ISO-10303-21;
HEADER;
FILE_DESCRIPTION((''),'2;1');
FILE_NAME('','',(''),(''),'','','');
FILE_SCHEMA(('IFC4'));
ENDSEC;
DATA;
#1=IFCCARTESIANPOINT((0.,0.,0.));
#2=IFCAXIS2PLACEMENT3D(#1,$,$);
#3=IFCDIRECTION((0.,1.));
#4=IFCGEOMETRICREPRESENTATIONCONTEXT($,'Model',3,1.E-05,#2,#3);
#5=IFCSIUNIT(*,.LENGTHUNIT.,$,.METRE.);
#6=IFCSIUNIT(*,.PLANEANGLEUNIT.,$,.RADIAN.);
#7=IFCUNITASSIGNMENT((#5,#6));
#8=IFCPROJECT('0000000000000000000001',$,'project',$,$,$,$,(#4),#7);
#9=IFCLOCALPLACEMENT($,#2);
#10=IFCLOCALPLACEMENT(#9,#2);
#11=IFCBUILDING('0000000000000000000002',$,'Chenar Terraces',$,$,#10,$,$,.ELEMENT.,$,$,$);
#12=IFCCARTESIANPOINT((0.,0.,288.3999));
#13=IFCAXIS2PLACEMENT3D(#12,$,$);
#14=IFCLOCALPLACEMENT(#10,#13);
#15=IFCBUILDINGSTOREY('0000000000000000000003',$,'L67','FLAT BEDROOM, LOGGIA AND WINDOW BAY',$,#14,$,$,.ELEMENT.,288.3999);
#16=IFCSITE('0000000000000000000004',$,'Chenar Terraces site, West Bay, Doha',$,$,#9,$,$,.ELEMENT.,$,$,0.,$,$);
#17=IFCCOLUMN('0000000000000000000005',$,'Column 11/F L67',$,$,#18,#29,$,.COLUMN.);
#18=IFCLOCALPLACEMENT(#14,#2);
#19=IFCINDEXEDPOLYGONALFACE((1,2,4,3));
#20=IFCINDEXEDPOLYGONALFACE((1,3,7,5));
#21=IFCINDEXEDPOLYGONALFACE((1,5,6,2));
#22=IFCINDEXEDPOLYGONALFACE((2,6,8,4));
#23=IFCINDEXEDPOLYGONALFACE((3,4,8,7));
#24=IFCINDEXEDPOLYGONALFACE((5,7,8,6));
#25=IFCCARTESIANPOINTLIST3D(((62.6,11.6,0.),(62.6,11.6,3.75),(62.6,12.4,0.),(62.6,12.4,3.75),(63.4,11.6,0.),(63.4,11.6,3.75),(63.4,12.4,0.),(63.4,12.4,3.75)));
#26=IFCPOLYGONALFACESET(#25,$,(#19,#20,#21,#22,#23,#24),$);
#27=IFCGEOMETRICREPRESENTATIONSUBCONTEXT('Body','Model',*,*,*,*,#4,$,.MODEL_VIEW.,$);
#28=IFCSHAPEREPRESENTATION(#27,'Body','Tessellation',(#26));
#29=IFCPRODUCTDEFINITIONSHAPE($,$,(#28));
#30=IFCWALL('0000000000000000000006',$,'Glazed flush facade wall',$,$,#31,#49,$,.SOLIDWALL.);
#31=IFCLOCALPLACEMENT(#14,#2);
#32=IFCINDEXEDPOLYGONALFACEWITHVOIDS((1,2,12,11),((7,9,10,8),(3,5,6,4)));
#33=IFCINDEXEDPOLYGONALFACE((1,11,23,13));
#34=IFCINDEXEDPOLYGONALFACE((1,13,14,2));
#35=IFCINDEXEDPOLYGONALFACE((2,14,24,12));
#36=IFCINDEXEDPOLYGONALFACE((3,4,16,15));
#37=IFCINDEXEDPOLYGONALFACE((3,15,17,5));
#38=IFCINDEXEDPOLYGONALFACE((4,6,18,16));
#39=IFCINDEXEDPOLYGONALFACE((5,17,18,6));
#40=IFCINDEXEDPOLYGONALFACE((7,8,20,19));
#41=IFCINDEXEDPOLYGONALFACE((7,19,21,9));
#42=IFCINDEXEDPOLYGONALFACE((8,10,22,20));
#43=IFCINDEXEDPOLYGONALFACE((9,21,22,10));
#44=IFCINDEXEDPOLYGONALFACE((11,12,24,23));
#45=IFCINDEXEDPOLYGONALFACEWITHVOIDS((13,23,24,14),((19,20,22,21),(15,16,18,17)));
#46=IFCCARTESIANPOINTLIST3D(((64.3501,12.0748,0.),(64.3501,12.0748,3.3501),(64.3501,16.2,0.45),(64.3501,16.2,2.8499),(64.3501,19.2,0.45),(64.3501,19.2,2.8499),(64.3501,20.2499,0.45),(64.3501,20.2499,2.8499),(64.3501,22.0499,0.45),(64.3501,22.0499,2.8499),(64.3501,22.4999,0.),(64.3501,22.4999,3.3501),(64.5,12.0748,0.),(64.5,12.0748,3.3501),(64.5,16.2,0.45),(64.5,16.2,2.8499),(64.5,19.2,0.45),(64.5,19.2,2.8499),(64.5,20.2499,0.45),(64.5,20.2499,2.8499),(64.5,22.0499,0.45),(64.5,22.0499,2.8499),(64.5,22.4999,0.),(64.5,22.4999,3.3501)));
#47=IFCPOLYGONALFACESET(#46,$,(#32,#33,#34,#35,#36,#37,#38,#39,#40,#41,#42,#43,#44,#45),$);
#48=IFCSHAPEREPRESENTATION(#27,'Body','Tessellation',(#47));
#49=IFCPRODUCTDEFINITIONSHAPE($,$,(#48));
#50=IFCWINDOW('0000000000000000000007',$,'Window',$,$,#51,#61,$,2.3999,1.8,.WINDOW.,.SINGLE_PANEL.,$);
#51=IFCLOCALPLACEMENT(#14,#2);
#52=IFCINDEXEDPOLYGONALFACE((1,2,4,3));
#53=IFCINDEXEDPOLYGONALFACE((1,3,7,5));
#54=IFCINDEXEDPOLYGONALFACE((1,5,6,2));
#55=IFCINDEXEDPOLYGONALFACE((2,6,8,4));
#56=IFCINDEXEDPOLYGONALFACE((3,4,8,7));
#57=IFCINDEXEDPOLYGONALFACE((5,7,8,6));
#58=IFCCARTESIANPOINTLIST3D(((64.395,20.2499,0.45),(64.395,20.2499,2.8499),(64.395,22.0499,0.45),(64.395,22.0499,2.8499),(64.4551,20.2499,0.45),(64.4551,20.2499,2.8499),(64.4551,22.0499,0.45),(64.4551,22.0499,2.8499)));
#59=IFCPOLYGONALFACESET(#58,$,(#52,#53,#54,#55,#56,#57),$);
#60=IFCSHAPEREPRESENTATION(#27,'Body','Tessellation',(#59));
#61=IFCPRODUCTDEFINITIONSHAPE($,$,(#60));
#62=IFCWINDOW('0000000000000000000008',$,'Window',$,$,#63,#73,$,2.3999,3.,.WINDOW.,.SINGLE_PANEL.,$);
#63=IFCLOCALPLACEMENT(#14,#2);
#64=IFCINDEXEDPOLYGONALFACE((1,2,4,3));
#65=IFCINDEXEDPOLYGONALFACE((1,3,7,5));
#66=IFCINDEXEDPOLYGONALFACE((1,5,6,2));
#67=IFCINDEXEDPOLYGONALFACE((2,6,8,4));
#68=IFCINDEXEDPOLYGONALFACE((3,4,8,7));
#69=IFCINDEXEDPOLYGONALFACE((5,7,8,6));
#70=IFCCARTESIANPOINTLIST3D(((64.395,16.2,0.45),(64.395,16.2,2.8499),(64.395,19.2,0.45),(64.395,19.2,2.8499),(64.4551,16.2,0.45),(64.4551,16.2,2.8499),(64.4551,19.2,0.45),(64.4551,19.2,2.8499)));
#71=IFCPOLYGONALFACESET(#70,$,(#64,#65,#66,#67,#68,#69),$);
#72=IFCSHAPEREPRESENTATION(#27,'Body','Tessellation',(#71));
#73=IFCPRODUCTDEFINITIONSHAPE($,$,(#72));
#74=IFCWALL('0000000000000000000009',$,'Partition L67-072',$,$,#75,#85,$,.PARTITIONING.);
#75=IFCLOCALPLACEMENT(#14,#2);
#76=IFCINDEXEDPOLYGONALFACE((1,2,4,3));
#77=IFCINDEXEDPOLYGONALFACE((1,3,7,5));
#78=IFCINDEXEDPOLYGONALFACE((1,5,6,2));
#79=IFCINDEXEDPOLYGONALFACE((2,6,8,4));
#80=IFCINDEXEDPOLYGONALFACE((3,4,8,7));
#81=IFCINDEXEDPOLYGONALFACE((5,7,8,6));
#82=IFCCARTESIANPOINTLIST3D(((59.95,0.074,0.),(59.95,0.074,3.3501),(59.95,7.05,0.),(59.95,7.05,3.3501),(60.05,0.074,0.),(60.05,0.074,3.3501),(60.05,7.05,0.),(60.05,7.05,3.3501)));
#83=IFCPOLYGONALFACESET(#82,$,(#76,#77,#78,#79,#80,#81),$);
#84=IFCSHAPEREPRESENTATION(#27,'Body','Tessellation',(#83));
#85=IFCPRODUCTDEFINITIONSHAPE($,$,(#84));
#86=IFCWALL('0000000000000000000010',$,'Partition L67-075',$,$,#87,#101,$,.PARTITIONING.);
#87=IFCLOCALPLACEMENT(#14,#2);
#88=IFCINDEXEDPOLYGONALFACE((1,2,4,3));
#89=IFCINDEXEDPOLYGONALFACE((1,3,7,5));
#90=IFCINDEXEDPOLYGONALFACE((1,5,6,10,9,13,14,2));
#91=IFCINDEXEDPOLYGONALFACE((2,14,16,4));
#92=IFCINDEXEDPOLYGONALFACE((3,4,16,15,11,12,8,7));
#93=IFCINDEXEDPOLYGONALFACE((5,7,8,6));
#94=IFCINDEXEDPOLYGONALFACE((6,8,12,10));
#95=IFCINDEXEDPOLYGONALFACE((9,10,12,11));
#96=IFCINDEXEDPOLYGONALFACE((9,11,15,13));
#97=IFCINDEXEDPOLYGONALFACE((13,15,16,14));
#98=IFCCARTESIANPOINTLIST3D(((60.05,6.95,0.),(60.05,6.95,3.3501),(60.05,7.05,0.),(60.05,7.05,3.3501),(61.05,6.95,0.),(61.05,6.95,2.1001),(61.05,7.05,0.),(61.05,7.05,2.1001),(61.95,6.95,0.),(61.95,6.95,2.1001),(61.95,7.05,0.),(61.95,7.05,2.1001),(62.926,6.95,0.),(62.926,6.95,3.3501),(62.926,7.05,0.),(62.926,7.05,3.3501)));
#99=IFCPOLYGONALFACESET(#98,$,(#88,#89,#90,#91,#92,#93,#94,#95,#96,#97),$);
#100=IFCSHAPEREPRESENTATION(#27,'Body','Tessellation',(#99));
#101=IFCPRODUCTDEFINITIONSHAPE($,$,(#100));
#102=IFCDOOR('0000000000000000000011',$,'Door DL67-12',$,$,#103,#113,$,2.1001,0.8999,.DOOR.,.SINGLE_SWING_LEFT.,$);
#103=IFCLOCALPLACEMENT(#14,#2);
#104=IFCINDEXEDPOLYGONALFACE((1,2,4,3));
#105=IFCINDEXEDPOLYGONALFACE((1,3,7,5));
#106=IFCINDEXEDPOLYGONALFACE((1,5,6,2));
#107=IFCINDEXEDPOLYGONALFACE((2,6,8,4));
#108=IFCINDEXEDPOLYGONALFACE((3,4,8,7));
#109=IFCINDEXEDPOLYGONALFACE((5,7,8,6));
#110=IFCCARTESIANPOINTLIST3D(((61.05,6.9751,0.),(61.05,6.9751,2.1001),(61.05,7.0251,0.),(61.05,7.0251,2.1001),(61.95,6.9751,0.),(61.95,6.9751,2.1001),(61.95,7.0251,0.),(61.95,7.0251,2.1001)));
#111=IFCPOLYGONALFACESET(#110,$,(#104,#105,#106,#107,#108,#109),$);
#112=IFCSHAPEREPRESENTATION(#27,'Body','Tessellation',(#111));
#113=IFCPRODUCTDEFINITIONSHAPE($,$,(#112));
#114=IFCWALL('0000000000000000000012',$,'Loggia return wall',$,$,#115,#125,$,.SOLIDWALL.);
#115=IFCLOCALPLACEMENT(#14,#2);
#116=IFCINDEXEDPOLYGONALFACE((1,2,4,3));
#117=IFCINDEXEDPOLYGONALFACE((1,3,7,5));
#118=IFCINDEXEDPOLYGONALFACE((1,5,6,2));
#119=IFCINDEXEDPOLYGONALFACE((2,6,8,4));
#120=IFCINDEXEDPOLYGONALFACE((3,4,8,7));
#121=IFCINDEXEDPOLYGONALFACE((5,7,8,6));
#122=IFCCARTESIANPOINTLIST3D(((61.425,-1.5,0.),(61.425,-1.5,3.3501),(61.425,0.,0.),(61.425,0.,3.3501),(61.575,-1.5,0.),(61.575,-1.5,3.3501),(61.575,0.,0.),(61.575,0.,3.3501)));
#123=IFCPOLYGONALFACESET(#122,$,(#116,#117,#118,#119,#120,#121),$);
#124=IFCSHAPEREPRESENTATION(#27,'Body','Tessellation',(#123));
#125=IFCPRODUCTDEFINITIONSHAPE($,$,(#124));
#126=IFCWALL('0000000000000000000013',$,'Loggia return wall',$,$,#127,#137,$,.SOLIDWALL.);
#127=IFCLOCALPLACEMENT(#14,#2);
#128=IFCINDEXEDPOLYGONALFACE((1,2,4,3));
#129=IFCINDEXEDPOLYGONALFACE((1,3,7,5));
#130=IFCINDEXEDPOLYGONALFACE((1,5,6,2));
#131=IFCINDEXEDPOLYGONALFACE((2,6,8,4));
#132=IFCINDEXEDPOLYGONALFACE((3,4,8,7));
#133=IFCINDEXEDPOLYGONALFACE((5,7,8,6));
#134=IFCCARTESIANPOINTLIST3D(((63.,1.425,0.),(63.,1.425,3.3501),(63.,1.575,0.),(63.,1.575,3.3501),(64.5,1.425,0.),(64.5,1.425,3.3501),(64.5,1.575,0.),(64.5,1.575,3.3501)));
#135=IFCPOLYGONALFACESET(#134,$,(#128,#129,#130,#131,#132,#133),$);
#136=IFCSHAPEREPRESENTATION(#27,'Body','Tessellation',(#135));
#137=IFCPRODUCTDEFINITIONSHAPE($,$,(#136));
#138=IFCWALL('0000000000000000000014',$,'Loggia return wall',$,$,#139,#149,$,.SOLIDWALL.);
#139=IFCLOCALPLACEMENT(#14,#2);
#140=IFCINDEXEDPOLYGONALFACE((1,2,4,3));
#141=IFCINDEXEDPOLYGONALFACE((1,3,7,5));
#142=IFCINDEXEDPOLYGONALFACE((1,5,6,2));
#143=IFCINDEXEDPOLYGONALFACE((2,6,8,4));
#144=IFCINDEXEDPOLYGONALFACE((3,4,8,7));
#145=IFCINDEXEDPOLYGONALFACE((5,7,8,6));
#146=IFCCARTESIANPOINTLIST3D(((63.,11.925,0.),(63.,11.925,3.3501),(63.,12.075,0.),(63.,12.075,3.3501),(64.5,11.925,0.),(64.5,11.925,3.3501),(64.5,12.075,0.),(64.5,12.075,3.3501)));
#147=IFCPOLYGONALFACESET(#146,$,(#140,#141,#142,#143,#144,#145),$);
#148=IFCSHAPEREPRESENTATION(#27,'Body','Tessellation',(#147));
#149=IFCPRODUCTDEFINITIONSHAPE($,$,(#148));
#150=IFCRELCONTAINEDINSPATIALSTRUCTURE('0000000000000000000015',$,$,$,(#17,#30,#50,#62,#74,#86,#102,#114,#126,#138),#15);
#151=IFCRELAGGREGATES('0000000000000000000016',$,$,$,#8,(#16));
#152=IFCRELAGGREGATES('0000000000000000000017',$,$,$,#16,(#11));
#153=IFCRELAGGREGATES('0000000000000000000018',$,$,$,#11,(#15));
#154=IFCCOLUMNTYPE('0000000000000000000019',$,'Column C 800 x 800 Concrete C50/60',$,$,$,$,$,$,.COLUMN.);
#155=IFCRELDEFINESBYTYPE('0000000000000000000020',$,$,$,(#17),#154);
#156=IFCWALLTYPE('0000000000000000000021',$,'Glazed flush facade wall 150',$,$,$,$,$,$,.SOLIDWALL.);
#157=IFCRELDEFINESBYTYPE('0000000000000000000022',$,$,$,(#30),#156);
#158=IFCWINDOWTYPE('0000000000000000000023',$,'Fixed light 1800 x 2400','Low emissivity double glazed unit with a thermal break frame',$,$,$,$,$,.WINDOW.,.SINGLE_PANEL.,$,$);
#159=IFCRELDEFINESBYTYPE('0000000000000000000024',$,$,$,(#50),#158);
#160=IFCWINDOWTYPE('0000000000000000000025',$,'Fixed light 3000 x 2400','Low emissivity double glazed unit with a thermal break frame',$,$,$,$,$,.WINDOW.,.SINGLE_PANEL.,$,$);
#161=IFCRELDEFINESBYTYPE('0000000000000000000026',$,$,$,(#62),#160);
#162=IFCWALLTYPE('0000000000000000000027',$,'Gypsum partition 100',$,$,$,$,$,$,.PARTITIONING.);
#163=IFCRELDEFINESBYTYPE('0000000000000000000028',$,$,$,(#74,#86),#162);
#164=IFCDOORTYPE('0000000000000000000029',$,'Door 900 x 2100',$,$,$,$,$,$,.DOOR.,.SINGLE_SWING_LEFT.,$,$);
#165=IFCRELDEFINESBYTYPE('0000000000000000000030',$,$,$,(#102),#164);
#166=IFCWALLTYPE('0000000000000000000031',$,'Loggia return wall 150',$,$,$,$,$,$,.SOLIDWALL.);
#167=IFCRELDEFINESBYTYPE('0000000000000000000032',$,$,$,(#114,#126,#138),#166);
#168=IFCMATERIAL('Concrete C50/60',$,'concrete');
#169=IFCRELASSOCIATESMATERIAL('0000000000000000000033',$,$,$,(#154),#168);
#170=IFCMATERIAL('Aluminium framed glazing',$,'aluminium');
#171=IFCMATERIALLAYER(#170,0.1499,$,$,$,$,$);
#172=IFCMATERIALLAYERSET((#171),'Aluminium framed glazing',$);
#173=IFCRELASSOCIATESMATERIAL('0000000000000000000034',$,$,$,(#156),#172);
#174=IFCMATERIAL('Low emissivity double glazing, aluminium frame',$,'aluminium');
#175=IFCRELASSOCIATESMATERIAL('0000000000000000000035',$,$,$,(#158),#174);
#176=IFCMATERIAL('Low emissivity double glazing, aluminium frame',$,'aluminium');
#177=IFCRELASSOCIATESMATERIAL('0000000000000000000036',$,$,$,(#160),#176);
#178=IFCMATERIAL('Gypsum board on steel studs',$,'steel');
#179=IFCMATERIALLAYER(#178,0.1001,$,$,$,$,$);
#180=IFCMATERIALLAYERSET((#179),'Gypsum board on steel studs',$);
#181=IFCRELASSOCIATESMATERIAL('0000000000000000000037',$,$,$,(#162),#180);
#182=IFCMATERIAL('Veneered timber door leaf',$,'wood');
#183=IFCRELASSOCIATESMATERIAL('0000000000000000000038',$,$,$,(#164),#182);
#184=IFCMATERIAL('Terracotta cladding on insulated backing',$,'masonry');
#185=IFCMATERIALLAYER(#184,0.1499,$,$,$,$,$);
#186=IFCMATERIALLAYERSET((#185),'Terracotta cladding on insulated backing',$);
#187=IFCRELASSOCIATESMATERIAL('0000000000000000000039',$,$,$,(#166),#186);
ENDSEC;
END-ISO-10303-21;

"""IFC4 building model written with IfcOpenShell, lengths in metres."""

from ifc_helpers import new_model, si_unit, direction, frame, frame_2d, origin, origin_2d, place, context, subcontext, project, spatial, rectangle, extrude, material, layer, layer_set, material_profile, profile_set, type_object, element, fill, save


model = new_model("IFC4")

# Units and contexts
model_context = context("Model", 3, precision=1e-05, world=origin(), true_north=direction((0.0, 1.0)))
body_context = subcontext(model_context, "Body", "Model", "MODEL_VIEW")
ifc_project = project(units=[si_unit("LENGTHUNIT", "METRE"), si_unit("PLANEANGLEUNIT", "RADIAN")], contexts=[model_context])

# Site, building, storey
site_placement = place(None, origin())
site = spatial("IfcSite", under=ifc_project, at=site_placement, Name="Chenar Terraces site, West Bay, Doha", CompositionType="ELEMENT", RefElevation=0.0)
building_placement = place(site_placement, origin())
building = spatial("IfcBuilding", under=site, at=building_placement, Name="Chenar Terraces", CompositionType="ELEMENT")
storey_placement = place(building_placement, frame((0.0, 0.0, 288.3999)))
storey = spatial("IfcBuildingStorey", under=building, at=storey_placement, Name="L67", Description="FLAT BEDROOM, LOGGIA AND WINDOW BAY", CompositionType="ELEMENT", Elevation=288.3999)

# Column
ifc_material_1 = material(Name="Concrete C50/60", Category="concrete")
ifc_material_profile_1 = material_profile(ifc_material_1, rectangle(XDim=0.8, YDim=0.8, at=origin_2d()), Name="C 800 x 800")
ifc_profile_set_1 = profile_set([ifc_material_profile_1], Name="Concrete C50/60")
column_type = type_object("IfcColumnType", Name="Column C 800 x 800 Concrete C50/60", PredefinedType="COLUMN", material=ifc_profile_set_1)
column_placement = place(storey_placement, frame((63.0, 12.0, 0.0), z_axis=(0.0, 0.0, 1.0), x_axis=(1.0, 0.0, 0.0)))
element("IfcColumn", 1, at=column_placement, inside=storey, type_object=column_type, Name="Column 11/F L67", PredefinedType="COLUMN", context=body_context, shape_type="SweptSolid", body=[
    extrude(rectangle(XDim=0.8, YDim=0.8, at=origin_2d()), origin(), (0.0, 0.0, 1.0), 3.75),
])

# Wall, openings, windows
ifc_material_2 = material(Name="Aluminium framed glazing", Category="aluminium")
ifc_layer_1 = layer(ifc_material_2, 0.1499)
ifc_layer_set_1 = layer_set([ifc_layer_1], Name="Aluminium framed glazing")
wall_type_1 = type_object("IfcWallType", Name="Glazed flush facade wall 150", PredefinedType="SOLIDWALL", material=ifc_layer_set_1)
wall_1_placement = place(storey_placement, frame((64.425, 12.075, 0.0), z_axis=(0.0, 0.0, 1.0), x_axis=(0.0, 1.0, 0.0)))
wall_1 = element("IfcWall", 2, at=wall_1_placement, inside=storey, type_object=wall_type_1, Name="Glazed flush facade wall", PredefinedType="SOLIDWALL", context=body_context, shape_type="SweptSolid", body=[
    extrude(rectangle(XDim=10.425, YDim=0.1499, at=frame_2d((5.2124, 0.0))), origin(), (0.0, 0.0, 1.0), 3.3501),
])
opening_1_placement = place(wall_1_placement, frame((4.125, 0.0, 0.45)))
opening_1 = element("IfcOpeningElement", 3, at=opening_1_placement, cuts=wall_1, PredefinedType="OPENING", context=body_context, shape_type="SweptSolid", body=[
    extrude(rectangle(XDim=3.0, YDim=2.3999, at=frame_2d((1.5, 1.2))), frame((0.0, 0.085, 0.0), z_axis=(0.0, -1.0, 0.0), x_axis=(1.0, 0.0, 0.0)), (0.0, 0.0, 1.0), 0.1699),
])
opening_2_placement = place(wall_1_placement, frame((8.175, 0.0, 0.45)))
opening_2 = element("IfcOpeningElement", 4, at=opening_2_placement, cuts=wall_1, PredefinedType="OPENING", context=body_context, shape_type="SweptSolid", body=[
    extrude(rectangle(XDim=1.8, YDim=2.3999, at=frame_2d((0.8999, 1.2))), frame((0.0, 0.085, 0.0), z_axis=(0.0, -1.0, 0.0), x_axis=(1.0, 0.0, 0.0)), (0.0, 0.0, 1.0), 0.1699),
])
ifc_material_3 = material(Name="Low emissivity double glazing, aluminium frame", Category="aluminium")
window_type_1 = type_object("IfcWindowType", Name="Fixed light 1800 x 2400", Description="Low emissivity double glazed unit with a thermal break frame", PartitioningType="SINGLE_PANEL", PredefinedType="WINDOW", material=ifc_material_3)
window_1_placement = place(opening_2_placement, origin())
window_1 = element("IfcWindow", 5, at=window_1_placement, inside=storey, type_object=window_type_1, Name="Window", OverallHeight=2.3999, OverallWidth=1.8, PartitioningType="SINGLE_PANEL", PredefinedType="WINDOW", context=body_context, shape_type="SweptSolid", body=[
    extrude(rectangle(XDim=1.8, YDim=2.3999, at=frame_2d((0.8999, 1.2))), frame((0.0, 0.03, 0.0), z_axis=(0.0, -1.0, 0.0), x_axis=(1.0, 0.0, 0.0)), (0.0, 0.0, 1.0), 0.0601),
])
fill(opening_2, window_1)
ifc_material_4 = material(Name="Low emissivity double glazing, aluminium frame", Category="aluminium")
window_type_2 = type_object("IfcWindowType", Name="Fixed light 3000 x 2400", Description="Low emissivity double glazed unit with a thermal break frame", PartitioningType="SINGLE_PANEL", PredefinedType="WINDOW", material=ifc_material_4)
window_2_placement = place(opening_1_placement, origin())
window_2 = element("IfcWindow", 6, at=window_2_placement, inside=storey, type_object=window_type_2, Name="Window", OverallHeight=2.3999, OverallWidth=3.0, PartitioningType="SINGLE_PANEL", PredefinedType="WINDOW", context=body_context, shape_type="SweptSolid", body=[
    extrude(rectangle(XDim=3.0, YDim=2.3999, at=frame_2d((1.5, 1.2))), frame((0.0, 0.03, 0.0), z_axis=(0.0, -1.0, 0.0), x_axis=(1.0, 0.0, 0.0)), (0.0, 0.0, 1.0), 0.0601),
])
fill(opening_1, window_2)

# Wall
ifc_material_5 = material(Name="Gypsum board on steel studs", Category="steel")
ifc_layer_2 = layer(ifc_material_5, 0.1001)
ifc_layer_set_2 = layer_set([ifc_layer_2], Name="Gypsum board on steel studs")
wall_type_2 = type_object("IfcWallType", Name="Gypsum partition 100", PredefinedType="PARTITIONING", material=ifc_layer_set_2)
wall_2_placement = place(storey_placement, frame((60.0, 0.074, 0.0), z_axis=(0.0, 0.0, 1.0), x_axis=(0.0, 1.0, 0.0)))
element("IfcWall", 7, at=wall_2_placement, inside=storey, type_object=wall_type_2, Name="Partition L67-072", PredefinedType="PARTITIONING", context=body_context, shape_type="SweptSolid", body=[
    extrude(rectangle(XDim=6.9761, YDim=0.1001, at=frame_2d((3.488, 0.0))), origin(), (0.0, 0.0, 1.0), 3.3501),
])

# Wall, opening, door
wall_3_placement = place(storey_placement, frame((60.05, 7.0, 0.0), z_axis=(0.0, 0.0, 1.0), x_axis=(1.0, 0.0, 0.0)))
wall_3 = element("IfcWall", 8, at=wall_3_placement, inside=storey, type_object=wall_type_2, Name="Partition L67-075", PredefinedType="PARTITIONING", context=body_context, shape_type="SweptSolid", body=[
    extrude(rectangle(XDim=2.876, YDim=0.1001, at=frame_2d((1.438, 0.0))), origin(), (0.0, 0.0, 1.0), 3.3501),
])
opening_3_placement = place(wall_3_placement, frame((1.0, 0.0, 0.0)))
opening_3 = element("IfcOpeningElement", 9, at=opening_3_placement, cuts=wall_3, PredefinedType="OPENING", context=body_context, shape_type="SweptSolid", body=[
    extrude(rectangle(XDim=0.8999, YDim=2.1001, at=frame_2d((0.45, 1.05))), frame((0.0, 0.0601, 0.0), z_axis=(0.0, -1.0, 0.0), x_axis=(1.0, 0.0, 0.0)), (0.0, 0.0, 1.0), 0.1201),
])
ifc_material_6 = material(Name="Veneered timber door leaf", Category="wood")
door_type_1 = type_object("IfcDoorType", Name="Door 900 x 2100", OperationType="SINGLE_SWING_LEFT", PredefinedType="DOOR", material=ifc_material_6)
door_1_placement = place(opening_3_placement, frame((0.8999, 0.0, 0.0), z_axis=(0.0, 0.0, 1.0), x_axis=(-1.0, 0.0, 0.0)))
door_1 = element("IfcDoor", 10, at=door_1_placement, inside=storey, type_object=door_type_1, Name="Door DL67-12", OperationType="SINGLE_SWING_LEFT", OverallHeight=2.1001, OverallWidth=0.8999, PredefinedType="DOOR", context=body_context, shape_type="SweptSolid", body=[
    extrude(rectangle(XDim=0.8999, YDim=2.1001, at=frame_2d((0.45, 1.05))), frame((0.0, 0.0249, 0.0), z_axis=(0.0, -1.0, 0.0), x_axis=(1.0, 0.0, 0.0)), (0.0, 0.0, 1.0), 0.05),
])
fill(opening_3, door_1)

# Walls
ifc_material_7 = material(Name="Terracotta cladding on insulated backing", Category="masonry")
ifc_layer_3 = layer(ifc_material_7, 0.1499)
ifc_layer_set_3 = layer_set([ifc_layer_3], Name="Terracotta cladding on insulated backing")
wall_type_3 = type_object("IfcWallType", Name="Loggia return wall 150", PredefinedType="SOLIDWALL", material=ifc_layer_set_3)
for number, where, z_axis, x_axis, name in (
    (11, (61.5, -1.5, 0.0), (0.0, 0.0, 1.0), (0.0, 1.0, 0.0), "Loggia return wall"),
    (12, (64.5, 1.5, 0.0), (0.0, 0.0, 1.0), (-1.0, 0.0, 0.0), "Loggia return wall"),
    (13, (64.5, 12.0, 0.0), (0.0, 0.0, 1.0), (-1.0, 0.0, 0.0), "Loggia return wall"),
):
    element("IfcWall", number, at=place(storey_placement, frame(where, z_axis=z_axis, x_axis=x_axis)), inside=storey, type_object=wall_type_3, Name=name, PredefinedType="SOLIDWALL", context=body_context, shape_type="SweptSolid", body=[
        extrude(rectangle(XDim=1.5, YDim=0.1499, at=frame_2d((0.75, 0.0))), origin(), (0.0, 0.0, 1.0), 3.3501),
    ])

save(model, "model.ifc")
